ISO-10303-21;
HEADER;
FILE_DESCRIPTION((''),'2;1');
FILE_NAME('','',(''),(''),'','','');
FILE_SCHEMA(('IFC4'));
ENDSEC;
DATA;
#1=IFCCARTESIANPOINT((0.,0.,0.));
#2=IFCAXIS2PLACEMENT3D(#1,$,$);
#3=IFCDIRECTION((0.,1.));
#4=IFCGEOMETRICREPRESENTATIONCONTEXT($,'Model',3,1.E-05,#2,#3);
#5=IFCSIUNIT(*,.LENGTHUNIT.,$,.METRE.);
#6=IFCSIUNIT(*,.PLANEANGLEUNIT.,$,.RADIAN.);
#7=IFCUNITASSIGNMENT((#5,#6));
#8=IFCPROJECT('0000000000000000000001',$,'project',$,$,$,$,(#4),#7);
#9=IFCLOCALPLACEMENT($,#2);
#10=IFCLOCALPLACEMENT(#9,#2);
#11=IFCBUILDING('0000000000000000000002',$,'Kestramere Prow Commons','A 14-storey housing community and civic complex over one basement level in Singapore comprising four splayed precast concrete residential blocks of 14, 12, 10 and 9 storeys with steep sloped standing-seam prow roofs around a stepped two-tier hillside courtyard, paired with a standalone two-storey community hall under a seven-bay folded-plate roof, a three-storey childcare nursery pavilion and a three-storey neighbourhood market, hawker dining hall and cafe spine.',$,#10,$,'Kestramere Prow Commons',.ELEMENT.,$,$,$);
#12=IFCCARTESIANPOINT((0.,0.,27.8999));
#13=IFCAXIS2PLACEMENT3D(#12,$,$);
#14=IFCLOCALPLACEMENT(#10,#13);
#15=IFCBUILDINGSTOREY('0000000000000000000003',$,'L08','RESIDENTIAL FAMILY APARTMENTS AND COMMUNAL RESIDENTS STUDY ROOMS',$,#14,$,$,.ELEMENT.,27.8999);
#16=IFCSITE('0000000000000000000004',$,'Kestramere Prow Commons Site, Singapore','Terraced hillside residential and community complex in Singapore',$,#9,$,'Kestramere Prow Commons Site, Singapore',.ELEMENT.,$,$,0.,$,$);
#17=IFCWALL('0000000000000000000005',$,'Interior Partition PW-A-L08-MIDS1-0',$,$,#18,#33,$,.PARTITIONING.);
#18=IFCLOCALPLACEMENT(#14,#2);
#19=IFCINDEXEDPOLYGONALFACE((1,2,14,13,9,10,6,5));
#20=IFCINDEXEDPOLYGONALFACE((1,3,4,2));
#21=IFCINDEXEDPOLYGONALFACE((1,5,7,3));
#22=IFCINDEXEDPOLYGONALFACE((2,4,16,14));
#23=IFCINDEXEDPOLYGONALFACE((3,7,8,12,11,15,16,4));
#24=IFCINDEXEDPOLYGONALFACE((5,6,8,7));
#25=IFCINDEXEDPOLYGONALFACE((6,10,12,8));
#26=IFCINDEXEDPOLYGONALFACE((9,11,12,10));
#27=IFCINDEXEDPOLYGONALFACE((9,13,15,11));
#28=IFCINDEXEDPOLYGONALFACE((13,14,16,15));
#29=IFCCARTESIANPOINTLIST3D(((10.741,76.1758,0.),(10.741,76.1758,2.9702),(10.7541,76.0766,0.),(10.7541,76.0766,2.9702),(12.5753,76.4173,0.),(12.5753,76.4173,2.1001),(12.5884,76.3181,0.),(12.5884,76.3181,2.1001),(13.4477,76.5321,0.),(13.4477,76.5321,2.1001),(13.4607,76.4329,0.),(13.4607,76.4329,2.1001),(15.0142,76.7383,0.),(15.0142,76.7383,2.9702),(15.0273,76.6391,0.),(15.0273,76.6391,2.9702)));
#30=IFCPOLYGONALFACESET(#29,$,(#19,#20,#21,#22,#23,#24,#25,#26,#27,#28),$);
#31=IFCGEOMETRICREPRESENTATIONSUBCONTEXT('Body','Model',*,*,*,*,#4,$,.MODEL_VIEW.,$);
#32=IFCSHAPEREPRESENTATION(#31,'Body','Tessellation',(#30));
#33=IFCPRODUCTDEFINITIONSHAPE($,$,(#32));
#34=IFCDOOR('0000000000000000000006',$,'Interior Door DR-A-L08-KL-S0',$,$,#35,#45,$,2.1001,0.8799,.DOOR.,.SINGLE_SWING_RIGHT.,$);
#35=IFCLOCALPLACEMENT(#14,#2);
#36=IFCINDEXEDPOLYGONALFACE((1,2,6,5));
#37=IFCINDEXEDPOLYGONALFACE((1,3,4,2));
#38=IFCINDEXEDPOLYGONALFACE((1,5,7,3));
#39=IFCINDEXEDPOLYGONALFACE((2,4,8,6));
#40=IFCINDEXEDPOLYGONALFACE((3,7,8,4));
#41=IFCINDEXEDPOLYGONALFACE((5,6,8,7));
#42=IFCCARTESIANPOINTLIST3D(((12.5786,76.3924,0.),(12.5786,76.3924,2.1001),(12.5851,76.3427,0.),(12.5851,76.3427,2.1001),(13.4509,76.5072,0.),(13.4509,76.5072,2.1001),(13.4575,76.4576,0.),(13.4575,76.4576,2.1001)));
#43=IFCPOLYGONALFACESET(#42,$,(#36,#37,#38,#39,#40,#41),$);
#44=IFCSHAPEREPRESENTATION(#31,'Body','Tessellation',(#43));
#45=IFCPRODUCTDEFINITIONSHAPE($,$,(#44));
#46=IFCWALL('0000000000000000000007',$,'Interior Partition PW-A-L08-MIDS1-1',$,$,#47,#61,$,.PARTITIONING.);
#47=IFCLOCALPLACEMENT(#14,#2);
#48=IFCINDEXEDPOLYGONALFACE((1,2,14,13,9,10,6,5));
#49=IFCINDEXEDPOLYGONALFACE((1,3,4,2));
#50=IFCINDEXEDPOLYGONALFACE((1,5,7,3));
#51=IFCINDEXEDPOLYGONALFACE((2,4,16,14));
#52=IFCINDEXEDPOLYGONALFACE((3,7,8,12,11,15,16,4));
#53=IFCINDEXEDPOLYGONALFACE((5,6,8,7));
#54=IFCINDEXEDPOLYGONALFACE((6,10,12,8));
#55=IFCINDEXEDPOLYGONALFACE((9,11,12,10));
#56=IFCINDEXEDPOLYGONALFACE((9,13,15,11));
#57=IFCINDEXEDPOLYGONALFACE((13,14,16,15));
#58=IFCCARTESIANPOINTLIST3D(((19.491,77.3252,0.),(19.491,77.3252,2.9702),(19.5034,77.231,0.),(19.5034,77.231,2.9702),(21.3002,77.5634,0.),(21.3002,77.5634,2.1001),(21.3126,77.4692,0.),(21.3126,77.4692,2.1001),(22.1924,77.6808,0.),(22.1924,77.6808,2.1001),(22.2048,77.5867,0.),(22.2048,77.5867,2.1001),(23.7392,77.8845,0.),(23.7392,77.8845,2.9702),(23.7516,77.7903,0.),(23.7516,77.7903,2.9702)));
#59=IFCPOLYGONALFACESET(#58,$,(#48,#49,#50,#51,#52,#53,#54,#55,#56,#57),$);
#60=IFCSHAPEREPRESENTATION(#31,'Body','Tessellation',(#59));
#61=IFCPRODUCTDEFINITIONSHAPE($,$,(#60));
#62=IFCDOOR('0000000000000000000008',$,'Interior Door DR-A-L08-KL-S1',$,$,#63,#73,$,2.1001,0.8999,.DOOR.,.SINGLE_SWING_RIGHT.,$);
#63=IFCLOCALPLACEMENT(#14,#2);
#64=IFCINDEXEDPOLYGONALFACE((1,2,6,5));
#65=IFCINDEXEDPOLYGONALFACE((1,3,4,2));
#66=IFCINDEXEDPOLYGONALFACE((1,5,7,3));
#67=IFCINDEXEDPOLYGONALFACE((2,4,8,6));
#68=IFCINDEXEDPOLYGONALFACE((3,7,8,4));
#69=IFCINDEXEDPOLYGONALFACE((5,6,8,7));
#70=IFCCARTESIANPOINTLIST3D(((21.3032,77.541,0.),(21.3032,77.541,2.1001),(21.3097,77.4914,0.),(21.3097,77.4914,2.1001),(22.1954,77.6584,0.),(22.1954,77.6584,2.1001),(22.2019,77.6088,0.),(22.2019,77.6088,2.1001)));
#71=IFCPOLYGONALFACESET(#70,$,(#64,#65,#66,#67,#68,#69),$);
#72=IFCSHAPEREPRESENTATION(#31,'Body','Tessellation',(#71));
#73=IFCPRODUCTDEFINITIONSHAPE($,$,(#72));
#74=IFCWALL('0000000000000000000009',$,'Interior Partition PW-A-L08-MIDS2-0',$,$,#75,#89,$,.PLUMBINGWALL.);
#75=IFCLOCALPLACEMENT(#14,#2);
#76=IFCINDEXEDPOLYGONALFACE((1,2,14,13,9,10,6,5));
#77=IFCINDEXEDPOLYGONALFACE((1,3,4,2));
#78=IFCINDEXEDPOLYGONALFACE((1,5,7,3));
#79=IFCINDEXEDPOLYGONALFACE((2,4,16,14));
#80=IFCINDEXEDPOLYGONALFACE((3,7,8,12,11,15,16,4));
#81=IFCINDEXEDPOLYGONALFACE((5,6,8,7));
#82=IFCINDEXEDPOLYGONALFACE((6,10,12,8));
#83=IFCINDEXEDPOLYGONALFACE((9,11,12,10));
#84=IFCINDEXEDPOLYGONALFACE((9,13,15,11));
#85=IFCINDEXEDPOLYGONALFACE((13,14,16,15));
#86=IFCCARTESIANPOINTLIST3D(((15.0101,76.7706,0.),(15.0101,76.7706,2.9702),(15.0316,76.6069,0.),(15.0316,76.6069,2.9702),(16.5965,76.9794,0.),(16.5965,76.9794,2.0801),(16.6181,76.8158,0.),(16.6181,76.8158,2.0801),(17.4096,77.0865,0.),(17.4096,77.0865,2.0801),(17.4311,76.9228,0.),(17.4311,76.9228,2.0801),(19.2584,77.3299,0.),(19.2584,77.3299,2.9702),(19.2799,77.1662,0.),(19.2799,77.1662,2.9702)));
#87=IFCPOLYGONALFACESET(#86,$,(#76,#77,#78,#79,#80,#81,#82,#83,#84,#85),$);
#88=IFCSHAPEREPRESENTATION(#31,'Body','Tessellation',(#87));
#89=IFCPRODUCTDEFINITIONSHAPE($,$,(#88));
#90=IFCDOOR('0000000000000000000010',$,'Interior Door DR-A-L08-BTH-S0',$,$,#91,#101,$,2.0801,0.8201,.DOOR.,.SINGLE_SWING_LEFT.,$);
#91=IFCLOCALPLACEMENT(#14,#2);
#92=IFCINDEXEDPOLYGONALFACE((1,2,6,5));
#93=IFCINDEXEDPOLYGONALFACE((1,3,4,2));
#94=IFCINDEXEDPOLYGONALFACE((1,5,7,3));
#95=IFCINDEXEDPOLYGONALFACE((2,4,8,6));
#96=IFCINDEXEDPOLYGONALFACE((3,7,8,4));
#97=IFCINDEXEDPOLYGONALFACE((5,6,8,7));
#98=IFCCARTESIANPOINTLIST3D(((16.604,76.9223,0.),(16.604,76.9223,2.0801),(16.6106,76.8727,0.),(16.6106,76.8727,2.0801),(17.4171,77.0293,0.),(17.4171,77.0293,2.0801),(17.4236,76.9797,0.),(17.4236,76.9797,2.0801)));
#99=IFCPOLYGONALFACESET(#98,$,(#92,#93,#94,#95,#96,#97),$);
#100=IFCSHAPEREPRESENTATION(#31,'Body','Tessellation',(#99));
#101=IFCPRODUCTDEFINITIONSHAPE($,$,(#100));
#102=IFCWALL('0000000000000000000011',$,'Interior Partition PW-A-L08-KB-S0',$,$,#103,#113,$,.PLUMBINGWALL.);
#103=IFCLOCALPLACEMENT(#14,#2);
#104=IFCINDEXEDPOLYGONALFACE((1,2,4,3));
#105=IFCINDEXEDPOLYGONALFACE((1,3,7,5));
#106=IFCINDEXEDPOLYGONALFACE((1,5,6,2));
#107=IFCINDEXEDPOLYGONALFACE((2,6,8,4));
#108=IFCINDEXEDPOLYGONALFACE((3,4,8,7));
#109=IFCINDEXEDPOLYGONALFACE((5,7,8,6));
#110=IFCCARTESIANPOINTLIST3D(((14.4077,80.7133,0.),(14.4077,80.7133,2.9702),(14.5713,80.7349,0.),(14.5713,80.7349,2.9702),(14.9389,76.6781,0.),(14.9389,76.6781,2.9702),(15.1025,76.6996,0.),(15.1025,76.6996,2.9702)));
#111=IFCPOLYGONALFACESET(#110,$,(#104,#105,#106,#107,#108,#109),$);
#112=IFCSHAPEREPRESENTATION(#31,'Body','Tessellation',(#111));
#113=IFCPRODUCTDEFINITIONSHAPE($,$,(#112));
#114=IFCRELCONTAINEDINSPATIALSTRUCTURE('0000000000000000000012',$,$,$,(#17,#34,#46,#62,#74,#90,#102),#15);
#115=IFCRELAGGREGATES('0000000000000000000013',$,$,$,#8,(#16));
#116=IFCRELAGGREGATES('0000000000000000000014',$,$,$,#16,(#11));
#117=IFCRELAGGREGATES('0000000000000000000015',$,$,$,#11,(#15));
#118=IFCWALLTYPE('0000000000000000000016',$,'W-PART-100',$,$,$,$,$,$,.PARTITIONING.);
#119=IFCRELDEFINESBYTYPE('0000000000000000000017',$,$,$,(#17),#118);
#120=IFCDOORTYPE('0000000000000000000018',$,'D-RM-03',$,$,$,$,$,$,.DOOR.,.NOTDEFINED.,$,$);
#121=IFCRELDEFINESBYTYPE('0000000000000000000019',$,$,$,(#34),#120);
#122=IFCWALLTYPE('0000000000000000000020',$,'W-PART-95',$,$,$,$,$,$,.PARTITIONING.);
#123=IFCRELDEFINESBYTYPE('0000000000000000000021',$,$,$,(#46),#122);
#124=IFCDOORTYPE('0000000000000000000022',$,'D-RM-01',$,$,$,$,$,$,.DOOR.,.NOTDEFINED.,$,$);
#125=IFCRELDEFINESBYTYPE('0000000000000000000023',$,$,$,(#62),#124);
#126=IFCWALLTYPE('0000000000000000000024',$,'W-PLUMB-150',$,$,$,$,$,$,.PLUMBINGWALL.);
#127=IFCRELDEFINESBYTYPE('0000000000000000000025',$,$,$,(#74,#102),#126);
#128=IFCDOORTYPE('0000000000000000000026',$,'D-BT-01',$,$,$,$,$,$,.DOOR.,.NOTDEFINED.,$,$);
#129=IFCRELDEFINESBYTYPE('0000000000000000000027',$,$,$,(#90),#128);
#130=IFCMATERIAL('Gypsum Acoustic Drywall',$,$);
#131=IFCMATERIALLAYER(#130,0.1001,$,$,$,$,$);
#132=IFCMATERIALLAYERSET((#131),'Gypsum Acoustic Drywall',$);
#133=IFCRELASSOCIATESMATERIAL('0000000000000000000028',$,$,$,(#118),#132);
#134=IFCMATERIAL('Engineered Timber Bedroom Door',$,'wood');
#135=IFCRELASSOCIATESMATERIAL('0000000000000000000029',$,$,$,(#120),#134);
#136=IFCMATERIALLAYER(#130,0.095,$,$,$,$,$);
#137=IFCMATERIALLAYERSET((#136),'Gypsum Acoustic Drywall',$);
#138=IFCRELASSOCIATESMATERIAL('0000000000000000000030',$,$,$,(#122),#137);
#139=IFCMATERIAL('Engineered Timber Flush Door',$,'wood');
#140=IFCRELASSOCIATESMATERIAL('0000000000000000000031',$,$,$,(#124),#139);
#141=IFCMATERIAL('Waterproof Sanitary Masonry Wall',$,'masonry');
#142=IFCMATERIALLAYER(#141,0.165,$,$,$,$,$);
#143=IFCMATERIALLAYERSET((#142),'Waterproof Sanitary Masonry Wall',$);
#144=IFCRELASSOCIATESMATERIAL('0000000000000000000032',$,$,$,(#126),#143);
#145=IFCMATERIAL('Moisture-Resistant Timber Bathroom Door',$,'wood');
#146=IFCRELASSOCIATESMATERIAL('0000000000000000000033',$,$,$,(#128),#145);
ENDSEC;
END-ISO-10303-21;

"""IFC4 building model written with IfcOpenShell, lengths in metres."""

from ifc_helpers import new_model, si_unit, direction, frame, frame_2d, origin, place, context, subcontext, project, spatial, rectangle, extrude, material, layer, layer_set, type_object, element, fill, save


model = new_model("IFC4")

# Units and contexts
model_context = context("Model", 3, precision=1e-05, world=origin(), true_north=direction((0.0, 1.0)))
body_context = subcontext(model_context, "Body", "Model", "MODEL_VIEW")
ifc_project = project(units=[si_unit("LENGTHUNIT", "METRE"), si_unit("PLANEANGLEUNIT", "RADIAN")], contexts=[model_context])

# Site, building, storey
site_placement = place(None, origin())
site = spatial("IfcSite", under=ifc_project, at=site_placement, Name="Kestramere Prow Commons Site, Singapore", Description="Terraced hillside residential and community complex in Singapore", LongName="Kestramere Prow Commons Site, Singapore", CompositionType="ELEMENT", RefElevation=0.0)
building_placement = place(site_placement, origin())
building = spatial("IfcBuilding", under=site, at=building_placement, Name="Kestramere Prow Commons", Description="A 14-storey housing community and civic complex over one basement level in Singapore comprising four splayed precast concrete residential blocks of 14, 12, 10 and 9 storeys with steep sloped standing-seam prow roofs around a stepped two-tier hillside courtyard, paired with a standalone two-storey community hall under a seven-bay folded-plate roof, a three-storey childcare nursery pavilion and a three-storey neighbourhood market, hawker dining hall and cafe spine.", LongName="Kestramere Prow Commons", CompositionType="ELEMENT")
storey_placement = place(building_placement, frame((0.0, 0.0, 27.8999)))
storey = spatial("IfcBuildingStorey", under=building, at=storey_placement, Name="L08", Description="RESIDENTIAL FAMILY APARTMENTS AND COMMUNAL RESIDENTS STUDY ROOMS", CompositionType="ELEMENT", Elevation=27.8999)

# Walls, openings, doors
ifc_material_1 = material(Name="Gypsum Acoustic Drywall")
ifc_layer_1 = layer(ifc_material_1, 0.1001)
ifc_layer_set_1 = layer_set([ifc_layer_1], Name="Gypsum Acoustic Drywall")
wall_type_1 = type_object("IfcWallType", Name="W-PART-100", PredefinedType="PARTITIONING", material=ifc_layer_set_1)
wall_1_placement = place(storey_placement, frame((10.7476, 76.1262, 0.0), z_axis=(0.0, 0.0, 1.0), x_axis=(0.991447, 0.130509, 0.0)))
wall_1 = element("IfcWall", 1, at=wall_1_placement, inside=storey, type_object=wall_type_1, Name="Interior Partition PW-A-L08-MIDS1-0", PredefinedType="PARTITIONING", context=body_context, shape_type="SweptSolid", body=[
    extrude(rectangle(XDim=4.3101, YDim=0.1001, at=frame_2d((2.155, 0.0))), origin(), (0.0, 0.0, 1.0), 2.9702),
])
opening_1_placement = place(wall_1_placement, frame((1.8501, 0.0, 0.0)))
opening_1 = element("IfcOpeningElement", 2, at=opening_1_placement, cuts=wall_1, PredefinedType="OPENING", context=body_context, shape_type="SweptSolid", body=[
    extrude(rectangle(XDim=0.8799, YDim=2.1001, at=frame_2d((0.4399, 1.05))), frame((0.0, 0.0649, 0.0), z_axis=(0.0, -1.0, 0.0), x_axis=(1.0, 0.0, 0.0)), (0.0, 0.0, 1.0), 0.1301),
])
ifc_material_2 = material(Name="Engineered Timber Bedroom Door", Category="wood")
door_type_1 = type_object("IfcDoorType", Name="D-RM-03", OperationType="NOTDEFINED", PredefinedType="DOOR", material=ifc_material_2)
door_1_placement = place(opening_1_placement, origin())
door_1 = element("IfcDoor", 3, at=door_1_placement, inside=storey, type_object=door_type_1, Name="Interior Door DR-A-L08-KL-S0", OperationType="SINGLE_SWING_RIGHT", OverallHeight=2.1001, OverallWidth=0.8799, PredefinedType="DOOR", context=body_context, shape_type="SweptSolid", body=[
    extrude(rectangle(XDim=0.8799, YDim=2.1001, at=frame_2d((0.4399, 1.05))), frame((0.0, 0.0249, 0.0), z_axis=(0.0, -1.0, 0.0), x_axis=(1.0, 0.0, 0.0)), (0.0, 0.0, 1.0), 0.05),
])
fill(opening_1, door_1)
ifc_layer_2 = layer(ifc_material_1, 0.095)
ifc_layer_set_2 = layer_set([ifc_layer_2], Name="Gypsum Acoustic Drywall")
wall_type_2 = type_object("IfcWallType", Name="W-PART-95", PredefinedType="PARTITIONING", material=ifc_layer_set_2)
wall_2_placement = place(storey_placement, frame((19.4971, 77.2781, 0.0), z_axis=(0.0, 0.0, 1.0), x_axis=(0.991444, 0.130533, 0.0)))
wall_2 = element("IfcWall", 4, at=wall_2_placement, inside=storey, type_object=wall_type_2, Name="Interior Partition PW-A-L08-MIDS1-1", PredefinedType="PARTITIONING", context=body_context, shape_type="SweptSolid", body=[
    extrude(rectangle(XDim=4.2849, YDim=0.095, at=frame_2d((2.1426, 0.0))), origin(), (0.0, 0.0, 1.0), 2.9702),
])
opening_2_placement = place(wall_2_placement, frame((1.825, 0.0, 0.0)))
opening_2 = element("IfcOpeningElement", 5, at=opening_2_placement, cuts=wall_2, PredefinedType="OPENING", context=body_context, shape_type="SweptSolid", body=[
    extrude(rectangle(XDim=0.8999, YDim=2.1001, at=frame_2d((0.45, 1.05))), frame((0.0, 0.0625, 0.0), z_axis=(0.0, -1.0, 0.0), x_axis=(1.0, 0.0, 0.0)), (0.0, 0.0, 1.0), 0.125),
])
ifc_material_3 = material(Name="Engineered Timber Flush Door", Category="wood")
door_type_2 = type_object("IfcDoorType", Name="D-RM-01", OperationType="NOTDEFINED", PredefinedType="DOOR", material=ifc_material_3)
door_2_placement = place(opening_2_placement, origin())
door_2 = element("IfcDoor", 6, at=door_2_placement, inside=storey, type_object=door_type_2, Name="Interior Door DR-A-L08-KL-S1", OperationType="SINGLE_SWING_RIGHT", OverallHeight=2.1001, OverallWidth=0.8999, PredefinedType="DOOR", context=body_context, shape_type="SweptSolid", body=[
    extrude(rectangle(XDim=0.8999, YDim=2.1001, at=frame_2d((0.45, 1.05))), frame((0.0, 0.0249, 0.0), z_axis=(0.0, -1.0, 0.0), x_axis=(1.0, 0.0, 0.0)), (0.0, 0.0, 1.0), 0.05),
])
fill(opening_2, door_2)
ifc_material_4 = material(Name="Waterproof Sanitary Masonry Wall", Category="masonry")
ifc_layer_3 = layer(ifc_material_4, 0.165)
ifc_layer_set_3 = layer_set([ifc_layer_3], Name="Waterproof Sanitary Masonry Wall")
wall_type_3 = type_object("IfcWallType", Name="W-PLUMB-150", PredefinedType="PLUMBINGWALL", material=ifc_layer_set_3)
wall_3_placement = place(storey_placement, frame((15.0208, 76.6887, 0.0), z_axis=(0.0, 0.0, 1.0), x_axis=(0.991444, 0.130533, 0.0)))
wall_3 = element("IfcWall", 7, at=wall_3_placement, inside=storey, type_object=wall_type_3, Name="Interior Partition PW-A-L08-MIDS2-0", PredefinedType="PLUMBINGWALL", context=body_context, shape_type="SweptSolid", body=[
    extrude(rectangle(XDim=4.2849, YDim=0.165, at=frame_2d((2.1426, 0.0))), origin(), (0.0, 0.0, 1.0), 2.9702),
])
opening_3_placement = place(wall_3_placement, frame((1.6001, 0.0, 0.0)))
opening_3 = element("IfcOpeningElement", 8, at=opening_3_placement, cuts=wall_3, PredefinedType="OPENING", context=body_context, shape_type="SweptSolid", body=[
    extrude(rectangle(XDim=0.8201, YDim=2.0801, at=frame_2d((0.4102, 1.04))), frame((0.0, 0.0974, 0.0), z_axis=(0.0, -1.0, 0.0), x_axis=(1.0, 0.0, 0.0)), (0.0, 0.0, 1.0), 0.1951),
])
ifc_material_5 = material(Name="Moisture-Resistant Timber Bathroom Door", Category="wood")
door_type_3 = type_object("IfcDoorType", Name="D-BT-01", OperationType="NOTDEFINED", PredefinedType="DOOR", material=ifc_material_5)
door_3_placement = place(opening_3_placement, origin())
door_3 = element("IfcDoor", 9, at=door_3_placement, inside=storey, type_object=door_type_3, Name="Interior Door DR-A-L08-BTH-S0", OperationType="SINGLE_SWING_LEFT", OverallHeight=2.0801, OverallWidth=0.8201, PredefinedType="DOOR", context=body_context, shape_type="SweptSolid", body=[
    extrude(rectangle(XDim=0.8201, YDim=2.0801, at=frame_2d((0.4102, 1.04))), frame((0.0, 0.0249, 0.0), z_axis=(0.0, -1.0, 0.0), x_axis=(1.0, 0.0, 0.0)), (0.0, 0.0, 1.0), 0.05),
])
fill(opening_3, door_3)

# Wall
wall_4_placement = place(storey_placement, frame((15.0208, 76.6887, 0.0), z_axis=(0.0, 0.0, 1.0), x_axis=(-0.130529, 0.991444, 0.0)))
element("IfcWall", 10, at=wall_4_placement, inside=storey, type_object=wall_type_3, Name="Interior Partition PW-A-L08-KB-S0", PredefinedType="PLUMBINGWALL", context=body_context, shape_type="SweptSolid", body=[
    extrude(rectangle(XDim=4.0701, YDim=0.165, at=frame_2d((2.0352, 0.0))), origin(), (0.0, 0.0, 1.0), 2.9702),
])

save(model, "model.ifc")
